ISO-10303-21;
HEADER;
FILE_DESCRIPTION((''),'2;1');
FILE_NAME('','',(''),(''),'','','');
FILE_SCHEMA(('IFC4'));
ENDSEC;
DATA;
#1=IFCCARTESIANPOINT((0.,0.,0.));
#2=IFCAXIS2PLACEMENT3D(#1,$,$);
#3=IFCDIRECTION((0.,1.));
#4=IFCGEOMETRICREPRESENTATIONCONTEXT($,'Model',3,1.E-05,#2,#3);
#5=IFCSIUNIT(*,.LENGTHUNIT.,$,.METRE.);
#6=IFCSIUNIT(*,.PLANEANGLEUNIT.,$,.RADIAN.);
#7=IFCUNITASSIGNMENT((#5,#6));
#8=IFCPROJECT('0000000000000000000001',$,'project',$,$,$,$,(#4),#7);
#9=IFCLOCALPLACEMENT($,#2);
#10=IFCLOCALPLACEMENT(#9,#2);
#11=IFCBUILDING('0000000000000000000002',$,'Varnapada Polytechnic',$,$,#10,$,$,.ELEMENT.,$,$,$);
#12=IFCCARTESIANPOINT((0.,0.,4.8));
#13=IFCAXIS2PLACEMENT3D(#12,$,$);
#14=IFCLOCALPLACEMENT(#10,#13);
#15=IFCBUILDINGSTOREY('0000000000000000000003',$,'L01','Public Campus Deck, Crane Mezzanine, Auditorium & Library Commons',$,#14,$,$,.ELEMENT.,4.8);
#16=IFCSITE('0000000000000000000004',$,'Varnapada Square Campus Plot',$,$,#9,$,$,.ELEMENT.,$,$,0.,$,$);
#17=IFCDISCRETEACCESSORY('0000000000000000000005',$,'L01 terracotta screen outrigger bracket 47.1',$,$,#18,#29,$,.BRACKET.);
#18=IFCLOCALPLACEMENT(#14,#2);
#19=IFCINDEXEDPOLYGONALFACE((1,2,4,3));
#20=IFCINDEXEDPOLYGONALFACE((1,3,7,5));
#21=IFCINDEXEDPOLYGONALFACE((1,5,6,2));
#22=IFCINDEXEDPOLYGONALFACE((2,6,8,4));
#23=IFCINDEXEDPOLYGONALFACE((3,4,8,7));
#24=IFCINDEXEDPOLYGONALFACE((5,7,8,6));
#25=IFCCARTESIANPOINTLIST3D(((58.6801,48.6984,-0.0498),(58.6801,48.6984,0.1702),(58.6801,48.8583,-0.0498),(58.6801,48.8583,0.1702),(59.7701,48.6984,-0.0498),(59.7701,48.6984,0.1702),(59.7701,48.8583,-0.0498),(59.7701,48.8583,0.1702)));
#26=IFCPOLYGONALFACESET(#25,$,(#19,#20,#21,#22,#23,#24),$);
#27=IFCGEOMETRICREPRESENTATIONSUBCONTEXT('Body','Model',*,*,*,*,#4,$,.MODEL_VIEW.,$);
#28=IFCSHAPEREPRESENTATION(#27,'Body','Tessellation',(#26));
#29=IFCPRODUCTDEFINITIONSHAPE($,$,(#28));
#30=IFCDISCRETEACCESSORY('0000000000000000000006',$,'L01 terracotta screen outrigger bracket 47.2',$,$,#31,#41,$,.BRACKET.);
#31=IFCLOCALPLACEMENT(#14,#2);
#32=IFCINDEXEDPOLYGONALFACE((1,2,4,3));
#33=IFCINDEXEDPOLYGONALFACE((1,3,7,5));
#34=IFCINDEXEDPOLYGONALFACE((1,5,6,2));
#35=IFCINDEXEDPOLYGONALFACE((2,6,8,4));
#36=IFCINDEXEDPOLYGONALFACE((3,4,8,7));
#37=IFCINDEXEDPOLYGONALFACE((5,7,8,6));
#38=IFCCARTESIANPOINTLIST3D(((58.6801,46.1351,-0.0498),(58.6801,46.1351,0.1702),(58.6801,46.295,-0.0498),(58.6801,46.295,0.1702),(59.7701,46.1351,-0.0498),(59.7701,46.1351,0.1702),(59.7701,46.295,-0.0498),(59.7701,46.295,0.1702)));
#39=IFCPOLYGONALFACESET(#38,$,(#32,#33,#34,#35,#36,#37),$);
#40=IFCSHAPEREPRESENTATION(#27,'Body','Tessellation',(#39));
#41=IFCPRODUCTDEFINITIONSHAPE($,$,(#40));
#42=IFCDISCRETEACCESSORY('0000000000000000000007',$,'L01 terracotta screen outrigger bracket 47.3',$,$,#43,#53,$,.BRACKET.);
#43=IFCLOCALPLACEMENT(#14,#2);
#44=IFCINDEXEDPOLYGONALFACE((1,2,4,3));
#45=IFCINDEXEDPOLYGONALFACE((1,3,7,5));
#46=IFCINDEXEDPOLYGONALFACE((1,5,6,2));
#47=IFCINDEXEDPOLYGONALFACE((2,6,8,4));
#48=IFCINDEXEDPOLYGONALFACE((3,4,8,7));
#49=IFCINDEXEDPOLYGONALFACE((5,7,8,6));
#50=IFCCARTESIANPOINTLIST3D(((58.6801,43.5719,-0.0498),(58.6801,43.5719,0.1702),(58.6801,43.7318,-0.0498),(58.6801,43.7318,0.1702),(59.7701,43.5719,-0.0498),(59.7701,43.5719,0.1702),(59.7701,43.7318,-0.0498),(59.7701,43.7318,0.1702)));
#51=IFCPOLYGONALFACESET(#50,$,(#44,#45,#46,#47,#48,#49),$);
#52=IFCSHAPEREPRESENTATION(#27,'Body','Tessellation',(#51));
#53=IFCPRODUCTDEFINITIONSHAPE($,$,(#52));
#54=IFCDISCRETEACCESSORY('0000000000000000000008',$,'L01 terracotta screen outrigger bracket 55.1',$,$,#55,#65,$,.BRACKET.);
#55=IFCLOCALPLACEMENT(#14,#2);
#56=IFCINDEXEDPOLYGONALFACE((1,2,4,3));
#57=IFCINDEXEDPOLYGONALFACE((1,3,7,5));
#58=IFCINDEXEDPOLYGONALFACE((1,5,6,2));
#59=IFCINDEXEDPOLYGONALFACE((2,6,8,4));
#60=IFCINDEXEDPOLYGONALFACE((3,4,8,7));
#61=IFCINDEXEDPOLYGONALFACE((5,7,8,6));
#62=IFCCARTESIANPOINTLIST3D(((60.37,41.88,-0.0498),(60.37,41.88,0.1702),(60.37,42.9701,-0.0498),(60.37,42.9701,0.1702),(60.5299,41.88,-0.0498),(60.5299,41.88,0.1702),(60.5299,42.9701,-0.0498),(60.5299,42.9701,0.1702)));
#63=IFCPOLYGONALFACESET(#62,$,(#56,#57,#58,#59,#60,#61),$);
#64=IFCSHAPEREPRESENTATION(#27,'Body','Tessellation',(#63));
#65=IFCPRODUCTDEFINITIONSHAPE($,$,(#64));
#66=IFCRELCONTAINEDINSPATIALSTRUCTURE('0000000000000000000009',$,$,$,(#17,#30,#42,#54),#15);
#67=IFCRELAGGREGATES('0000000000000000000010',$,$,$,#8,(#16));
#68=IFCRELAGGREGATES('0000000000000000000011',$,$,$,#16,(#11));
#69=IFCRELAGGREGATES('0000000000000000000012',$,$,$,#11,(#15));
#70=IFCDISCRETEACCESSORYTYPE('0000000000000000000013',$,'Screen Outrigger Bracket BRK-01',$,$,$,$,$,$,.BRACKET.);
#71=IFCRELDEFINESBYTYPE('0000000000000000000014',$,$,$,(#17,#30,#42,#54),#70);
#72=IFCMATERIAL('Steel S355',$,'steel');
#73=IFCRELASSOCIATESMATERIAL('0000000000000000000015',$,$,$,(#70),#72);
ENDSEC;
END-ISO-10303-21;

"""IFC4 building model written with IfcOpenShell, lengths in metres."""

from ifc_helpers import new_model, si_unit, direction, frame, origin, origin_2d, place, context, subcontext, project, spatial, rectangle, extrude, material, type_object, element, save


model = new_model("IFC4")

# Units and contexts
model_context = context("Model", 3, precision=1e-05, world=origin(), true_north=direction((0.0, 1.0)))
body_context = subcontext(model_context, "Body", "Model", "MODEL_VIEW")
ifc_project = project(units=[si_unit("LENGTHUNIT", "METRE"), si_unit("PLANEANGLEUNIT", "RADIAN")], contexts=[model_context])

# Site, building, storey
site_placement = place(None, origin())
site = spatial("IfcSite", under=ifc_project, at=site_placement, Name="Varnapada Square Campus Plot", CompositionType="ELEMENT", RefElevation=0.0)
building_placement = place(site_placement, origin())
building = spatial("IfcBuilding", under=site, at=building_placement, Name="Varnapada Polytechnic", CompositionType="ELEMENT")
storey_placement = place(building_placement, frame((0.0, 0.0, 4.8)))
storey = spatial("IfcBuildingStorey", under=building, at=storey_placement, Name="L01", Description="Public Campus Deck, Crane Mezzanine, Auditorium & Library Commons", CompositionType="ELEMENT", Elevation=4.8)

# Discrete accessories
ifc_material_1 = material(Name="Steel S355", Category="steel")
discrete_accessory_type = type_object("IfcDiscreteAccessoryType", Name="Screen Outrigger Bracket BRK-01", PredefinedType="BRACKET", material=ifc_material_1)
for number, where, z_axis, x_axis, name in (
    (1, (59.2251, 48.7783, -0.0498), (0.0, 0.0, 1.0), (0.0, -1.0, 0.0), "L01 terracotta screen outrigger bracket 47.1"),
    (2, (59.2251, 46.2151, -0.0498), (0.0, 0.0, 1.0), (0.0, -1.0, 0.0), "L01 terracotta screen outrigger bracket 47.2"),
    (3, (59.2251, 43.6519, -0.0498), (0.0, 0.0, 1.0), (0.0, -1.0, 0.0), "L01 terracotta screen outrigger bracket 47.3"),
    (4, (60.45, 42.425, -0.0498), (0.0, 0.0, 1.0), (1.0, 0.0, 0.0), "L01 terracotta screen outrigger bracket 55.1"),
):
    element("IfcDiscreteAccessory", number, at=place(storey_placement, frame(where, z_axis=z_axis, x_axis=x_axis)), inside=storey, type_object=discrete_accessory_type, Name=name, PredefinedType="BRACKET", context=body_context, shape_type="SweptSolid", body=[
        extrude(rectangle(XDim=0.1599, YDim=1.0901, at=origin_2d()), origin(), (0.0, 0.0, 1.0), 0.22),
    ])

save(model, "model.ifc")
